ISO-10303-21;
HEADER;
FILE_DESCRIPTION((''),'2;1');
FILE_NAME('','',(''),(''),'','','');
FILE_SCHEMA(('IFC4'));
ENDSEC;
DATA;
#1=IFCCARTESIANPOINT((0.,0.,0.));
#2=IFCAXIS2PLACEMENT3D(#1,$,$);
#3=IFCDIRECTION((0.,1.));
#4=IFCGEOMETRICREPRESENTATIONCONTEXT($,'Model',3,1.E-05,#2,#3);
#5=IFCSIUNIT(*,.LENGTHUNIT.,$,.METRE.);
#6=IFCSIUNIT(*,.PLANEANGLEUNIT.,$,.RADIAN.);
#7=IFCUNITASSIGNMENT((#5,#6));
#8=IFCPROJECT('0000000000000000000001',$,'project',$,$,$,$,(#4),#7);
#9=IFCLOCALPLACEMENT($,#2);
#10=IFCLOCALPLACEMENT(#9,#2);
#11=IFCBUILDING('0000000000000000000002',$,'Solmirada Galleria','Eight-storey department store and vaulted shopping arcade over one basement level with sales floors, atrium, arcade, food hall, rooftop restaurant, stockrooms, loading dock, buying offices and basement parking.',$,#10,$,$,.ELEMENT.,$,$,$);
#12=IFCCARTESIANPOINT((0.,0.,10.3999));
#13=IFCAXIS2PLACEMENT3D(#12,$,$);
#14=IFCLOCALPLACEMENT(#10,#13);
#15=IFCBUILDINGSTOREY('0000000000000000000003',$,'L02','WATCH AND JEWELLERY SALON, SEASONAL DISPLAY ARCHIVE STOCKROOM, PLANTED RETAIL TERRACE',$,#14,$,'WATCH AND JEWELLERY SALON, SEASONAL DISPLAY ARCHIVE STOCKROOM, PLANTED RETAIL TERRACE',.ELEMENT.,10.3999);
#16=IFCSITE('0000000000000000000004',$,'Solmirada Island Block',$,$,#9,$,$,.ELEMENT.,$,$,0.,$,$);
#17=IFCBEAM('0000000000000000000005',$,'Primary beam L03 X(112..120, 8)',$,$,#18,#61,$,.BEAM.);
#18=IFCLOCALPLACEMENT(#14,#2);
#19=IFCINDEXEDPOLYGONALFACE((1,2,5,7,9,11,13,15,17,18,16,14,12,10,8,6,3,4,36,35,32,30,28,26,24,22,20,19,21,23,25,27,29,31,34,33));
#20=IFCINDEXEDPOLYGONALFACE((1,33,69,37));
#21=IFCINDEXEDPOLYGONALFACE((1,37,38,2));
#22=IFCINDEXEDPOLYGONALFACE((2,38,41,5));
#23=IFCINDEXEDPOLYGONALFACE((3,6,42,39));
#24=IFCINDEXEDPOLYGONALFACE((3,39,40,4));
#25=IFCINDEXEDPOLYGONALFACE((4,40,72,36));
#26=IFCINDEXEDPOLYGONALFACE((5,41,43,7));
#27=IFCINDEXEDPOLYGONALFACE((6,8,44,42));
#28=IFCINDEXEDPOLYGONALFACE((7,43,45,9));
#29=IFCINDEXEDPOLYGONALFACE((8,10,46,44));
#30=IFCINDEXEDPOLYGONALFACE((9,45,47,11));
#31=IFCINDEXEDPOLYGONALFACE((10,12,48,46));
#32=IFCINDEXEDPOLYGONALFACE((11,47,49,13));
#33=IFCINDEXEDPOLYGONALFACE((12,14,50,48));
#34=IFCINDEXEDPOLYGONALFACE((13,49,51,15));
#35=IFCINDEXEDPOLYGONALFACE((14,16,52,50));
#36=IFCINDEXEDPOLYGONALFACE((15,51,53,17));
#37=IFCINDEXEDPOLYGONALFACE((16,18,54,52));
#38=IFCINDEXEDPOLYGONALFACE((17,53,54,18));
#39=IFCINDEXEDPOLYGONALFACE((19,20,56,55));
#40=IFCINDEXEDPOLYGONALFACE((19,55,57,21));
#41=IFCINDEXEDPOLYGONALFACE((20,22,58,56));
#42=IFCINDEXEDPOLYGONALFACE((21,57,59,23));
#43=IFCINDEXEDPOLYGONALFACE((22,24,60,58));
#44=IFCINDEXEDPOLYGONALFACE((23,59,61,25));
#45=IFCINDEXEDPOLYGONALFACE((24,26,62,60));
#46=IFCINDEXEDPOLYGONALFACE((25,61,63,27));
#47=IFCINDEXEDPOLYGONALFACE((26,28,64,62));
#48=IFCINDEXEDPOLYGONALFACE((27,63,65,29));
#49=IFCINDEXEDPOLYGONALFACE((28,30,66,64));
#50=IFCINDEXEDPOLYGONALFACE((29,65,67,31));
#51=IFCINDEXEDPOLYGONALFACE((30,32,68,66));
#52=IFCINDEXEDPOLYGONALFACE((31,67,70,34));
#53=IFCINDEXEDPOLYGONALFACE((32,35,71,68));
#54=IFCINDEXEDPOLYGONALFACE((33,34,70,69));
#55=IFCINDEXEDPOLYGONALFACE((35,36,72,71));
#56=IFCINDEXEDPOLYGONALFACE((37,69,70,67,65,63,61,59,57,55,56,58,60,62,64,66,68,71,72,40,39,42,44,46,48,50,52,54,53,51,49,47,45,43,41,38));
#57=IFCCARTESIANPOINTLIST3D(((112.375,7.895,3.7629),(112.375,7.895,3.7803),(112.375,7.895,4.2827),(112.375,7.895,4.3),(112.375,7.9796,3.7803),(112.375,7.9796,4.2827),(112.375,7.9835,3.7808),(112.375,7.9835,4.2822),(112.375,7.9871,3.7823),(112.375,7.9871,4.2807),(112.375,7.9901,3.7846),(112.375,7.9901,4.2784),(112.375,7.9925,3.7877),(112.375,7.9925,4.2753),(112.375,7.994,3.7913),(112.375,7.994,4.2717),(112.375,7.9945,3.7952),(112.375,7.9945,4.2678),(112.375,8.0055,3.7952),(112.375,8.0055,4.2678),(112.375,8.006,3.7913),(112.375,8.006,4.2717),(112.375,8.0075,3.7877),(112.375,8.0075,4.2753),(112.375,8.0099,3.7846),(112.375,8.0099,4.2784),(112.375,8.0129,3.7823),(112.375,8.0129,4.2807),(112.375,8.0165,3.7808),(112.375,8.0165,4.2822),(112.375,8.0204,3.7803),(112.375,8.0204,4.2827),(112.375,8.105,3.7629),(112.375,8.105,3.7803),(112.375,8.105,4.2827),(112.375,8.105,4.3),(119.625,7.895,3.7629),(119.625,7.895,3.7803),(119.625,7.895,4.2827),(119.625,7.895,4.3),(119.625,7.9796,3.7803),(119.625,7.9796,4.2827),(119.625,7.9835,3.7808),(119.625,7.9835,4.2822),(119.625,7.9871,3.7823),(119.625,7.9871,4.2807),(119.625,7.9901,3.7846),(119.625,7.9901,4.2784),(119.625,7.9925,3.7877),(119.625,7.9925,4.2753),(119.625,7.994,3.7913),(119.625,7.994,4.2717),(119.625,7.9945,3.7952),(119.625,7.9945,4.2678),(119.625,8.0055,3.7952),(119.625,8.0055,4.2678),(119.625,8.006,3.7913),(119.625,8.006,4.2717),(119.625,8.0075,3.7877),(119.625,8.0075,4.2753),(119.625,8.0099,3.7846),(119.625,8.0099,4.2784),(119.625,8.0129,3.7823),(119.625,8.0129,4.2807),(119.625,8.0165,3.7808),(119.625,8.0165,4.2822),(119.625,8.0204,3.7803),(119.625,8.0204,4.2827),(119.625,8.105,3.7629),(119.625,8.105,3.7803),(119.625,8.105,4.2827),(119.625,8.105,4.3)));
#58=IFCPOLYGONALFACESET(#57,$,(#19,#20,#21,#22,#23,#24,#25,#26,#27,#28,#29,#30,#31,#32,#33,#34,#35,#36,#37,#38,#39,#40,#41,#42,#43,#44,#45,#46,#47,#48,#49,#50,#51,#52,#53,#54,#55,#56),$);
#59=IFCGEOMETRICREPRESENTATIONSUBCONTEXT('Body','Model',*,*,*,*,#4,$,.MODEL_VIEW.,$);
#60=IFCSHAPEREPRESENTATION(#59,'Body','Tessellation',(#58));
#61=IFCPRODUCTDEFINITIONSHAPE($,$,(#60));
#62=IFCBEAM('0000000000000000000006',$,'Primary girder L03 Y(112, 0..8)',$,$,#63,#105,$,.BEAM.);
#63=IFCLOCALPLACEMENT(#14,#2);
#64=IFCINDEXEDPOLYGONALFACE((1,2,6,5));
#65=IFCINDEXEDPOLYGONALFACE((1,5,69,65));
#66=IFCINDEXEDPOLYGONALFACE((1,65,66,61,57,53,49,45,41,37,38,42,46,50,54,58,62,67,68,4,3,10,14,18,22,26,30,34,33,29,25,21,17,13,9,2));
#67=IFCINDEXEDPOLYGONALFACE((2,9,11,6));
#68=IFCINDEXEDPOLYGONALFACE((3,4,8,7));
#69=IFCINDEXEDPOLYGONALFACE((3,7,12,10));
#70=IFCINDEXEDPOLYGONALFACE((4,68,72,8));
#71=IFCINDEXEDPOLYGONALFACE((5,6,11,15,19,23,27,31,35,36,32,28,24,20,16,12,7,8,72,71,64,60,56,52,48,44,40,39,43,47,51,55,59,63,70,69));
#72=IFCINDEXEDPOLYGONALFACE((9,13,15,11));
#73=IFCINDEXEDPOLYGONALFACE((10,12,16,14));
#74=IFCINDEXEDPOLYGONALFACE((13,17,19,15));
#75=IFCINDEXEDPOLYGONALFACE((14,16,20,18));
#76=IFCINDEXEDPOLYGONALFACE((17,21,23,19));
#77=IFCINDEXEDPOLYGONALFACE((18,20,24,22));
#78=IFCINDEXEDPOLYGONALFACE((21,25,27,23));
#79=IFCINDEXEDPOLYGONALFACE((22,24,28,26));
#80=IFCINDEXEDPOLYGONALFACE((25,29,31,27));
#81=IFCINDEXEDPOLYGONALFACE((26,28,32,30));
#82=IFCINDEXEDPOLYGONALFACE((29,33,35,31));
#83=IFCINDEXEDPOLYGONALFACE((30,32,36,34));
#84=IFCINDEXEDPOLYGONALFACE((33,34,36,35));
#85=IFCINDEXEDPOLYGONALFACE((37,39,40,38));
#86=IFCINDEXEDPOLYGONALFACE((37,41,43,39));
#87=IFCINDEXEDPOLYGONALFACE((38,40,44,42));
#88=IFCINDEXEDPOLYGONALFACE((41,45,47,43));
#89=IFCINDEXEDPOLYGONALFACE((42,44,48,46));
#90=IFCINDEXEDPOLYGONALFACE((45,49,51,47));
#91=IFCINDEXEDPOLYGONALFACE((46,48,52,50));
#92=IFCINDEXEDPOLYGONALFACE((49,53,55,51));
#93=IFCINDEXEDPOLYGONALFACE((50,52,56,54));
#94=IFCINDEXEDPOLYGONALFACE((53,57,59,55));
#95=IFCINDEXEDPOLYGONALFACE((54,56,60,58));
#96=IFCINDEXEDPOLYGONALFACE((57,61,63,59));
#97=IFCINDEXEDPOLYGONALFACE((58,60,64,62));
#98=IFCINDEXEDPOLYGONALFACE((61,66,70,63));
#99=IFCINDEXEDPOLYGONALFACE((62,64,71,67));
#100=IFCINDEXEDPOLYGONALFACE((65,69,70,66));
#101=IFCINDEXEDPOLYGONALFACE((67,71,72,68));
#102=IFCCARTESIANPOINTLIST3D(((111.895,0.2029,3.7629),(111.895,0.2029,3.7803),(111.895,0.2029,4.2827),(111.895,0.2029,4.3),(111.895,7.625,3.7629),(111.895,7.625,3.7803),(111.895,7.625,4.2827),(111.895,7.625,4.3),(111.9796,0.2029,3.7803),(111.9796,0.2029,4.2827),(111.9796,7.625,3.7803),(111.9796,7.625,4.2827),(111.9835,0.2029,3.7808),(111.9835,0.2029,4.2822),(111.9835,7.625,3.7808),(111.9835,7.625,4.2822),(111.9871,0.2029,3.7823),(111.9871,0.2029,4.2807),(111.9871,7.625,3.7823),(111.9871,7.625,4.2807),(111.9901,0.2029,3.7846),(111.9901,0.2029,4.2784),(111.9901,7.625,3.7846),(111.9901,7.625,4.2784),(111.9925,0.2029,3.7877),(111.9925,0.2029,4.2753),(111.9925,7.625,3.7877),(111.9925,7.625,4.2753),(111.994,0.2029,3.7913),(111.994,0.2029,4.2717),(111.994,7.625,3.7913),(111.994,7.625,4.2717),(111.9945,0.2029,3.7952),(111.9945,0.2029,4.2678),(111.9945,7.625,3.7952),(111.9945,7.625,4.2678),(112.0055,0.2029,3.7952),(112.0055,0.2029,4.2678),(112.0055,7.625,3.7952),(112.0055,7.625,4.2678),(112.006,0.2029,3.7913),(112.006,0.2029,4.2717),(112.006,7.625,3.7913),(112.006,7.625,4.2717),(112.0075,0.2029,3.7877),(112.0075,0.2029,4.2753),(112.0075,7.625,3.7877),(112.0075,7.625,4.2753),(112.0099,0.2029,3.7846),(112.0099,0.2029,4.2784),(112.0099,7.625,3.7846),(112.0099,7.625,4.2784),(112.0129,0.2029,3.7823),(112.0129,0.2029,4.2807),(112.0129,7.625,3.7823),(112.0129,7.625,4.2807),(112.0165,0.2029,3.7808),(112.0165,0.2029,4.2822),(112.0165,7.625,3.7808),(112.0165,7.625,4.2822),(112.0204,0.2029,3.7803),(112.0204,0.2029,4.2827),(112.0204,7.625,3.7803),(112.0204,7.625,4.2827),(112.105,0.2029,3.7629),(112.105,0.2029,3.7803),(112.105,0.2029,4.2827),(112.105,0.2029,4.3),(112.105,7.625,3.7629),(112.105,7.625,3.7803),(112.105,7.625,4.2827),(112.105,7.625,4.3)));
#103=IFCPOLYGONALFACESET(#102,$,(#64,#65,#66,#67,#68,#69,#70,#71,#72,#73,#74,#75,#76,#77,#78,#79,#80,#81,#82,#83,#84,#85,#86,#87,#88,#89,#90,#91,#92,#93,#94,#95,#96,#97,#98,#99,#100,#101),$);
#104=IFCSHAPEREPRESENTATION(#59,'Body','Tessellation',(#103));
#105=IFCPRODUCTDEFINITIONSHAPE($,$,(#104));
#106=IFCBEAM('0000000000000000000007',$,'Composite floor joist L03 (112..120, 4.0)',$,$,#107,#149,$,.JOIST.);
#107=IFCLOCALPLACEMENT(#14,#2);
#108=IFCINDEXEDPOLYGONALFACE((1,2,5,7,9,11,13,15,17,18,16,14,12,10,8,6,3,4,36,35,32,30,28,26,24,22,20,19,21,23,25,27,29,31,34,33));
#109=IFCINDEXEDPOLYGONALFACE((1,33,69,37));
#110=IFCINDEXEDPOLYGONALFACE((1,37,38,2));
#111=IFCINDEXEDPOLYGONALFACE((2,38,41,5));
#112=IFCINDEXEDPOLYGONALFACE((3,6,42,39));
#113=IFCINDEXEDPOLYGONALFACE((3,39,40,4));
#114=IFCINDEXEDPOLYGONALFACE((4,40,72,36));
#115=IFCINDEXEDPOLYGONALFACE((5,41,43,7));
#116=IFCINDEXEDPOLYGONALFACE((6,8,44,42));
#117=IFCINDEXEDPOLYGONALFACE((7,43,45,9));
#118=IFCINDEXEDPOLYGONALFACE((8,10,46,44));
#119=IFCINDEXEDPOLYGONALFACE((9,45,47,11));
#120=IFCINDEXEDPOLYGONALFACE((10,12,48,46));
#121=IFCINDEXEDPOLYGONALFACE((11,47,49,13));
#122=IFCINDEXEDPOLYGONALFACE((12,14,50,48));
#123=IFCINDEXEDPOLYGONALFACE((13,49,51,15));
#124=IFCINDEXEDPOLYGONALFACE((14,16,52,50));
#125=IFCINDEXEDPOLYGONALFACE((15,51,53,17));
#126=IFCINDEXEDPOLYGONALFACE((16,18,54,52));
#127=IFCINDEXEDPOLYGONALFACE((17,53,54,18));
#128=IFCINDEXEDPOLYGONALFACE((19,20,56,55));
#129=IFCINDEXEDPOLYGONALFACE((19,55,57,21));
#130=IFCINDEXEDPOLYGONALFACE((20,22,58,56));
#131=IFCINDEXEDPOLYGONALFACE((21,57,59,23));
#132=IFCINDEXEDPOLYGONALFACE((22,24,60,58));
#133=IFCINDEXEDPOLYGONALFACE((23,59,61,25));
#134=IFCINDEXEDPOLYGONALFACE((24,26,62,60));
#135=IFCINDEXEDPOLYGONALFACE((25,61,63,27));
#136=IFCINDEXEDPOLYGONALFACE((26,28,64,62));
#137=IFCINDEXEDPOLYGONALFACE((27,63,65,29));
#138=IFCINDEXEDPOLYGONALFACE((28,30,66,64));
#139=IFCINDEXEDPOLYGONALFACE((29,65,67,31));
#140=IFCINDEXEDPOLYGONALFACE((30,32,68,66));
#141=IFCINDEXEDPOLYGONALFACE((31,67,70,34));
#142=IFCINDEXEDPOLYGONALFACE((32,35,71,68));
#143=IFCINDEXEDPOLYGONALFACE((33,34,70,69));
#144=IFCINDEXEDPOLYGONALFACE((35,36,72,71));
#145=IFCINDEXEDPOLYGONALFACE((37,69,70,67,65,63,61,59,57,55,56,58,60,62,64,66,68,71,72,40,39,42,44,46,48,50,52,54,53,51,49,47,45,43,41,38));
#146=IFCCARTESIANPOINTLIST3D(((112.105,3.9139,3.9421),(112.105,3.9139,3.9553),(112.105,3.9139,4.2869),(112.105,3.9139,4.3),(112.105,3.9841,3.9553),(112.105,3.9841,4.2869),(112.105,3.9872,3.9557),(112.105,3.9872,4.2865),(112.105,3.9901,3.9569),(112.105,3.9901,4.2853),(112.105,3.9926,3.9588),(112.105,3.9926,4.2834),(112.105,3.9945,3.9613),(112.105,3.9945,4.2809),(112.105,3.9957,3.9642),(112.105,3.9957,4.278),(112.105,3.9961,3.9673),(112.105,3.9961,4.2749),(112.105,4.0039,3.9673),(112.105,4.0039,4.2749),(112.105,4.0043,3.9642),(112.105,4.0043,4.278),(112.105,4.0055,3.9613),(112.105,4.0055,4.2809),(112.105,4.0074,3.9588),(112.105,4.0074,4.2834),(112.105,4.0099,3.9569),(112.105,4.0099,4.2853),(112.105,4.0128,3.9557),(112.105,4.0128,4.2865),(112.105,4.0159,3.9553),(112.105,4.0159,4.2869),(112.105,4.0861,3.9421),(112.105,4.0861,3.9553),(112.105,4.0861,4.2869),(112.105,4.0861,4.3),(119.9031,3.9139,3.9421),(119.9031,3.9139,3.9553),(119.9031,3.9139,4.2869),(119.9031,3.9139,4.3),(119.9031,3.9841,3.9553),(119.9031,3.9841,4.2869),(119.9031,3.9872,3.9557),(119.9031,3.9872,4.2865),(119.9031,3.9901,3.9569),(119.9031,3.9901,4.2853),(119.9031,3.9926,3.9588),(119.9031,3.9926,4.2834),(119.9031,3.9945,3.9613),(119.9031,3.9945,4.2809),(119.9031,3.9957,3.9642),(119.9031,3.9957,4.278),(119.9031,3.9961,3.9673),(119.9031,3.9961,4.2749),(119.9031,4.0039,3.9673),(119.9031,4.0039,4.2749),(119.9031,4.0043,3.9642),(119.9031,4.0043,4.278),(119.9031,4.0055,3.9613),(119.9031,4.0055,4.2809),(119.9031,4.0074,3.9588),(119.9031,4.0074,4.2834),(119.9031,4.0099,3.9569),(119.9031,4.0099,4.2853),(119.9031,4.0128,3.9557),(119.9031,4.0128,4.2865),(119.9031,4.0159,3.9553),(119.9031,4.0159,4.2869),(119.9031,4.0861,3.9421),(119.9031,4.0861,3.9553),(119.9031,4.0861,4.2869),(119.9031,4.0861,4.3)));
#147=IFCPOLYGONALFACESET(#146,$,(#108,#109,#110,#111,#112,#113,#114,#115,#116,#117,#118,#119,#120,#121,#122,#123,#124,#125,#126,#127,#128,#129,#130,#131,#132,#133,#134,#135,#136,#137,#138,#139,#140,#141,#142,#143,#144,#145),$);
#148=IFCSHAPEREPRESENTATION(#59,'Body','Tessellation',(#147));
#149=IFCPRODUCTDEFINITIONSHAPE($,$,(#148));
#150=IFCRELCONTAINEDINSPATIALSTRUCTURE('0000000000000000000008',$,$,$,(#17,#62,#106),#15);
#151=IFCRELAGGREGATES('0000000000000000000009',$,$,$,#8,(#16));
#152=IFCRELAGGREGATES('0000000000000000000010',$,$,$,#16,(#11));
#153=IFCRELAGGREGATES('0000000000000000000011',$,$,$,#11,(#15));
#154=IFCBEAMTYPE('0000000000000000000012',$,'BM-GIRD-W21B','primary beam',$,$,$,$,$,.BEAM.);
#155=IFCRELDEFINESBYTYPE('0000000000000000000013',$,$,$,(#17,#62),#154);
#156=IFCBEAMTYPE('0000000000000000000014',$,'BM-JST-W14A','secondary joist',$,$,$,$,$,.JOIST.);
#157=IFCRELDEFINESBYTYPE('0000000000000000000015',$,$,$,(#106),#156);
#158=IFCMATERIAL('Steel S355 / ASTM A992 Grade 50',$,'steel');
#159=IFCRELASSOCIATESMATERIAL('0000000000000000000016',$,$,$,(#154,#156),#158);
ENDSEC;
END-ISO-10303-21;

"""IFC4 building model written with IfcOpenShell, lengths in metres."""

from ifc_helpers import new_model, si_unit, direction, frame, origin, origin_2d, place, context, subcontext, project, spatial, i_section, extrude, material, material_profile, profile_set, type_object, element, save


model = new_model("IFC4")

# Units and contexts
model_context = context("Model", 3, precision=1e-05, world=origin(), true_north=direction((0.0, 1.0)))
body_context = subcontext(model_context, "Body", "Model", "MODEL_VIEW")
ifc_project = project(units=[si_unit("LENGTHUNIT", "METRE"), si_unit("PLANEANGLEUNIT", "RADIAN")], contexts=[model_context])

# Site, building, storey
site_placement = place(None, origin())
site = spatial("IfcSite", under=ifc_project, at=site_placement, Name="Solmirada Island Block", CompositionType="ELEMENT", RefElevation=0.0)
building_placement = place(site_placement, origin())
building = spatial("IfcBuilding", under=site, at=building_placement, Name="Solmirada Galleria", Description="Eight-storey department store and vaulted shopping arcade over one basement level with sales floors, atrium, arcade, food hall, rooftop restaurant, stockrooms, loading dock, buying offices and basement parking.", CompositionType="ELEMENT")
storey_placement = place(building_placement, frame((0.0, 0.0, 10.3999)))
storey = spatial("IfcBuildingStorey", under=building, at=storey_placement, Name="L02", Description="WATCH AND JEWELLERY SALON, SEASONAL DISPLAY ARCHIVE STOCKROOM, PLANTED RETAIL TERRACE", LongName="WATCH AND JEWELLERY SALON, SEASONAL DISPLAY ARCHIVE STOCKROOM, PLANTED RETAIL TERRACE", CompositionType="ELEMENT", Elevation=10.3999)

# Beams
ifc_material_1 = material(Name="Steel S355 / ASTM A992 Grade 50", Category="steel")
ifc_material_profile_1 = material_profile(ifc_material_1, i_section(OverallWidth=0.21, OverallDepth=0.5371, WebThickness=0.011, FlangeThickness=0.0173, FilletRadius=0.0149, at=origin_2d()), Name="W21X68")
ifc_profile_set_1 = profile_set([ifc_material_profile_1], Name="Steel S355 / ASTM A992 Grade 50")
beam_type_1 = type_object("IfcBeamType", Name="BM-GIRD-W21B", Description="primary beam", PredefinedType="BEAM", material=ifc_profile_set_1)
beam_1_placement = place(storey_placement, frame((112.375, 8.0, 4.0315), z_axis=(1.0, 0.0, 0.0), x_axis=(0.0, 1.0, 0.0)))
element("IfcBeam", 1, at=beam_1_placement, inside=storey, type_object=beam_type_1, Name="Primary beam L03 X(112..120, 8)", PredefinedType="BEAM", context=body_context, shape_type="SweptSolid", body=[
    extrude(i_section(OverallWidth=0.21, OverallDepth=0.5371, WebThickness=0.011, FlangeThickness=0.0173, FilletRadius=0.0149, at=origin_2d()), origin(), (0.0, 0.0, 1.0), 7.25),
])
beam_2_placement = place(storey_placement, frame((112.0, 0.2029, 4.0315), z_axis=(0.0, 1.0, 0.0), x_axis=(-1.0, 0.0, 0.0)))
element("IfcBeam", 2, at=beam_2_placement, inside=storey, type_object=beam_type_1, Name="Primary girder L03 Y(112, 0..8)", PredefinedType="BEAM", context=body_context, shape_type="SweptSolid", body=[
    extrude(i_section(OverallWidth=0.21, OverallDepth=0.5371, WebThickness=0.011, FlangeThickness=0.0173, FilletRadius=0.0149, at=origin_2d()), origin(), (0.0, 0.0, 1.0), 7.4221),
])
ifc_material_profile_2 = material_profile(ifc_material_1, i_section(OverallWidth=0.1721, OverallDepth=0.3579, WebThickness=0.0078, FlangeThickness=0.0132, FilletRadius=0.012, at=origin_2d()), Name="W14X38")
ifc_profile_set_2 = profile_set([ifc_material_profile_2], Name="Steel S355 / ASTM A992 Grade 50")
beam_type_2 = type_object("IfcBeamType", Name="BM-JST-W14A", Description="secondary joist", PredefinedType="JOIST", material=ifc_profile_set_2)
beam_3_placement = place(storey_placement, frame((112.105, 4.0, 4.1211), z_axis=(1.0, 0.0, 0.0), x_axis=(0.0, 1.0, 0.0)))
element("IfcBeam", 3, at=beam_3_placement, inside=storey, type_object=beam_type_2, Name="Composite floor joist L03 (112..120, 4.0)", PredefinedType="JOIST", context=body_context, shape_type="SweptSolid", body=[
    extrude(i_section(OverallWidth=0.1721, OverallDepth=0.3579, WebThickness=0.0078, FlangeThickness=0.0132, FilletRadius=0.012, at=origin_2d()), origin(), (0.0, 0.0, 1.0), 7.7981),
])

save(model, "model.ifc")
